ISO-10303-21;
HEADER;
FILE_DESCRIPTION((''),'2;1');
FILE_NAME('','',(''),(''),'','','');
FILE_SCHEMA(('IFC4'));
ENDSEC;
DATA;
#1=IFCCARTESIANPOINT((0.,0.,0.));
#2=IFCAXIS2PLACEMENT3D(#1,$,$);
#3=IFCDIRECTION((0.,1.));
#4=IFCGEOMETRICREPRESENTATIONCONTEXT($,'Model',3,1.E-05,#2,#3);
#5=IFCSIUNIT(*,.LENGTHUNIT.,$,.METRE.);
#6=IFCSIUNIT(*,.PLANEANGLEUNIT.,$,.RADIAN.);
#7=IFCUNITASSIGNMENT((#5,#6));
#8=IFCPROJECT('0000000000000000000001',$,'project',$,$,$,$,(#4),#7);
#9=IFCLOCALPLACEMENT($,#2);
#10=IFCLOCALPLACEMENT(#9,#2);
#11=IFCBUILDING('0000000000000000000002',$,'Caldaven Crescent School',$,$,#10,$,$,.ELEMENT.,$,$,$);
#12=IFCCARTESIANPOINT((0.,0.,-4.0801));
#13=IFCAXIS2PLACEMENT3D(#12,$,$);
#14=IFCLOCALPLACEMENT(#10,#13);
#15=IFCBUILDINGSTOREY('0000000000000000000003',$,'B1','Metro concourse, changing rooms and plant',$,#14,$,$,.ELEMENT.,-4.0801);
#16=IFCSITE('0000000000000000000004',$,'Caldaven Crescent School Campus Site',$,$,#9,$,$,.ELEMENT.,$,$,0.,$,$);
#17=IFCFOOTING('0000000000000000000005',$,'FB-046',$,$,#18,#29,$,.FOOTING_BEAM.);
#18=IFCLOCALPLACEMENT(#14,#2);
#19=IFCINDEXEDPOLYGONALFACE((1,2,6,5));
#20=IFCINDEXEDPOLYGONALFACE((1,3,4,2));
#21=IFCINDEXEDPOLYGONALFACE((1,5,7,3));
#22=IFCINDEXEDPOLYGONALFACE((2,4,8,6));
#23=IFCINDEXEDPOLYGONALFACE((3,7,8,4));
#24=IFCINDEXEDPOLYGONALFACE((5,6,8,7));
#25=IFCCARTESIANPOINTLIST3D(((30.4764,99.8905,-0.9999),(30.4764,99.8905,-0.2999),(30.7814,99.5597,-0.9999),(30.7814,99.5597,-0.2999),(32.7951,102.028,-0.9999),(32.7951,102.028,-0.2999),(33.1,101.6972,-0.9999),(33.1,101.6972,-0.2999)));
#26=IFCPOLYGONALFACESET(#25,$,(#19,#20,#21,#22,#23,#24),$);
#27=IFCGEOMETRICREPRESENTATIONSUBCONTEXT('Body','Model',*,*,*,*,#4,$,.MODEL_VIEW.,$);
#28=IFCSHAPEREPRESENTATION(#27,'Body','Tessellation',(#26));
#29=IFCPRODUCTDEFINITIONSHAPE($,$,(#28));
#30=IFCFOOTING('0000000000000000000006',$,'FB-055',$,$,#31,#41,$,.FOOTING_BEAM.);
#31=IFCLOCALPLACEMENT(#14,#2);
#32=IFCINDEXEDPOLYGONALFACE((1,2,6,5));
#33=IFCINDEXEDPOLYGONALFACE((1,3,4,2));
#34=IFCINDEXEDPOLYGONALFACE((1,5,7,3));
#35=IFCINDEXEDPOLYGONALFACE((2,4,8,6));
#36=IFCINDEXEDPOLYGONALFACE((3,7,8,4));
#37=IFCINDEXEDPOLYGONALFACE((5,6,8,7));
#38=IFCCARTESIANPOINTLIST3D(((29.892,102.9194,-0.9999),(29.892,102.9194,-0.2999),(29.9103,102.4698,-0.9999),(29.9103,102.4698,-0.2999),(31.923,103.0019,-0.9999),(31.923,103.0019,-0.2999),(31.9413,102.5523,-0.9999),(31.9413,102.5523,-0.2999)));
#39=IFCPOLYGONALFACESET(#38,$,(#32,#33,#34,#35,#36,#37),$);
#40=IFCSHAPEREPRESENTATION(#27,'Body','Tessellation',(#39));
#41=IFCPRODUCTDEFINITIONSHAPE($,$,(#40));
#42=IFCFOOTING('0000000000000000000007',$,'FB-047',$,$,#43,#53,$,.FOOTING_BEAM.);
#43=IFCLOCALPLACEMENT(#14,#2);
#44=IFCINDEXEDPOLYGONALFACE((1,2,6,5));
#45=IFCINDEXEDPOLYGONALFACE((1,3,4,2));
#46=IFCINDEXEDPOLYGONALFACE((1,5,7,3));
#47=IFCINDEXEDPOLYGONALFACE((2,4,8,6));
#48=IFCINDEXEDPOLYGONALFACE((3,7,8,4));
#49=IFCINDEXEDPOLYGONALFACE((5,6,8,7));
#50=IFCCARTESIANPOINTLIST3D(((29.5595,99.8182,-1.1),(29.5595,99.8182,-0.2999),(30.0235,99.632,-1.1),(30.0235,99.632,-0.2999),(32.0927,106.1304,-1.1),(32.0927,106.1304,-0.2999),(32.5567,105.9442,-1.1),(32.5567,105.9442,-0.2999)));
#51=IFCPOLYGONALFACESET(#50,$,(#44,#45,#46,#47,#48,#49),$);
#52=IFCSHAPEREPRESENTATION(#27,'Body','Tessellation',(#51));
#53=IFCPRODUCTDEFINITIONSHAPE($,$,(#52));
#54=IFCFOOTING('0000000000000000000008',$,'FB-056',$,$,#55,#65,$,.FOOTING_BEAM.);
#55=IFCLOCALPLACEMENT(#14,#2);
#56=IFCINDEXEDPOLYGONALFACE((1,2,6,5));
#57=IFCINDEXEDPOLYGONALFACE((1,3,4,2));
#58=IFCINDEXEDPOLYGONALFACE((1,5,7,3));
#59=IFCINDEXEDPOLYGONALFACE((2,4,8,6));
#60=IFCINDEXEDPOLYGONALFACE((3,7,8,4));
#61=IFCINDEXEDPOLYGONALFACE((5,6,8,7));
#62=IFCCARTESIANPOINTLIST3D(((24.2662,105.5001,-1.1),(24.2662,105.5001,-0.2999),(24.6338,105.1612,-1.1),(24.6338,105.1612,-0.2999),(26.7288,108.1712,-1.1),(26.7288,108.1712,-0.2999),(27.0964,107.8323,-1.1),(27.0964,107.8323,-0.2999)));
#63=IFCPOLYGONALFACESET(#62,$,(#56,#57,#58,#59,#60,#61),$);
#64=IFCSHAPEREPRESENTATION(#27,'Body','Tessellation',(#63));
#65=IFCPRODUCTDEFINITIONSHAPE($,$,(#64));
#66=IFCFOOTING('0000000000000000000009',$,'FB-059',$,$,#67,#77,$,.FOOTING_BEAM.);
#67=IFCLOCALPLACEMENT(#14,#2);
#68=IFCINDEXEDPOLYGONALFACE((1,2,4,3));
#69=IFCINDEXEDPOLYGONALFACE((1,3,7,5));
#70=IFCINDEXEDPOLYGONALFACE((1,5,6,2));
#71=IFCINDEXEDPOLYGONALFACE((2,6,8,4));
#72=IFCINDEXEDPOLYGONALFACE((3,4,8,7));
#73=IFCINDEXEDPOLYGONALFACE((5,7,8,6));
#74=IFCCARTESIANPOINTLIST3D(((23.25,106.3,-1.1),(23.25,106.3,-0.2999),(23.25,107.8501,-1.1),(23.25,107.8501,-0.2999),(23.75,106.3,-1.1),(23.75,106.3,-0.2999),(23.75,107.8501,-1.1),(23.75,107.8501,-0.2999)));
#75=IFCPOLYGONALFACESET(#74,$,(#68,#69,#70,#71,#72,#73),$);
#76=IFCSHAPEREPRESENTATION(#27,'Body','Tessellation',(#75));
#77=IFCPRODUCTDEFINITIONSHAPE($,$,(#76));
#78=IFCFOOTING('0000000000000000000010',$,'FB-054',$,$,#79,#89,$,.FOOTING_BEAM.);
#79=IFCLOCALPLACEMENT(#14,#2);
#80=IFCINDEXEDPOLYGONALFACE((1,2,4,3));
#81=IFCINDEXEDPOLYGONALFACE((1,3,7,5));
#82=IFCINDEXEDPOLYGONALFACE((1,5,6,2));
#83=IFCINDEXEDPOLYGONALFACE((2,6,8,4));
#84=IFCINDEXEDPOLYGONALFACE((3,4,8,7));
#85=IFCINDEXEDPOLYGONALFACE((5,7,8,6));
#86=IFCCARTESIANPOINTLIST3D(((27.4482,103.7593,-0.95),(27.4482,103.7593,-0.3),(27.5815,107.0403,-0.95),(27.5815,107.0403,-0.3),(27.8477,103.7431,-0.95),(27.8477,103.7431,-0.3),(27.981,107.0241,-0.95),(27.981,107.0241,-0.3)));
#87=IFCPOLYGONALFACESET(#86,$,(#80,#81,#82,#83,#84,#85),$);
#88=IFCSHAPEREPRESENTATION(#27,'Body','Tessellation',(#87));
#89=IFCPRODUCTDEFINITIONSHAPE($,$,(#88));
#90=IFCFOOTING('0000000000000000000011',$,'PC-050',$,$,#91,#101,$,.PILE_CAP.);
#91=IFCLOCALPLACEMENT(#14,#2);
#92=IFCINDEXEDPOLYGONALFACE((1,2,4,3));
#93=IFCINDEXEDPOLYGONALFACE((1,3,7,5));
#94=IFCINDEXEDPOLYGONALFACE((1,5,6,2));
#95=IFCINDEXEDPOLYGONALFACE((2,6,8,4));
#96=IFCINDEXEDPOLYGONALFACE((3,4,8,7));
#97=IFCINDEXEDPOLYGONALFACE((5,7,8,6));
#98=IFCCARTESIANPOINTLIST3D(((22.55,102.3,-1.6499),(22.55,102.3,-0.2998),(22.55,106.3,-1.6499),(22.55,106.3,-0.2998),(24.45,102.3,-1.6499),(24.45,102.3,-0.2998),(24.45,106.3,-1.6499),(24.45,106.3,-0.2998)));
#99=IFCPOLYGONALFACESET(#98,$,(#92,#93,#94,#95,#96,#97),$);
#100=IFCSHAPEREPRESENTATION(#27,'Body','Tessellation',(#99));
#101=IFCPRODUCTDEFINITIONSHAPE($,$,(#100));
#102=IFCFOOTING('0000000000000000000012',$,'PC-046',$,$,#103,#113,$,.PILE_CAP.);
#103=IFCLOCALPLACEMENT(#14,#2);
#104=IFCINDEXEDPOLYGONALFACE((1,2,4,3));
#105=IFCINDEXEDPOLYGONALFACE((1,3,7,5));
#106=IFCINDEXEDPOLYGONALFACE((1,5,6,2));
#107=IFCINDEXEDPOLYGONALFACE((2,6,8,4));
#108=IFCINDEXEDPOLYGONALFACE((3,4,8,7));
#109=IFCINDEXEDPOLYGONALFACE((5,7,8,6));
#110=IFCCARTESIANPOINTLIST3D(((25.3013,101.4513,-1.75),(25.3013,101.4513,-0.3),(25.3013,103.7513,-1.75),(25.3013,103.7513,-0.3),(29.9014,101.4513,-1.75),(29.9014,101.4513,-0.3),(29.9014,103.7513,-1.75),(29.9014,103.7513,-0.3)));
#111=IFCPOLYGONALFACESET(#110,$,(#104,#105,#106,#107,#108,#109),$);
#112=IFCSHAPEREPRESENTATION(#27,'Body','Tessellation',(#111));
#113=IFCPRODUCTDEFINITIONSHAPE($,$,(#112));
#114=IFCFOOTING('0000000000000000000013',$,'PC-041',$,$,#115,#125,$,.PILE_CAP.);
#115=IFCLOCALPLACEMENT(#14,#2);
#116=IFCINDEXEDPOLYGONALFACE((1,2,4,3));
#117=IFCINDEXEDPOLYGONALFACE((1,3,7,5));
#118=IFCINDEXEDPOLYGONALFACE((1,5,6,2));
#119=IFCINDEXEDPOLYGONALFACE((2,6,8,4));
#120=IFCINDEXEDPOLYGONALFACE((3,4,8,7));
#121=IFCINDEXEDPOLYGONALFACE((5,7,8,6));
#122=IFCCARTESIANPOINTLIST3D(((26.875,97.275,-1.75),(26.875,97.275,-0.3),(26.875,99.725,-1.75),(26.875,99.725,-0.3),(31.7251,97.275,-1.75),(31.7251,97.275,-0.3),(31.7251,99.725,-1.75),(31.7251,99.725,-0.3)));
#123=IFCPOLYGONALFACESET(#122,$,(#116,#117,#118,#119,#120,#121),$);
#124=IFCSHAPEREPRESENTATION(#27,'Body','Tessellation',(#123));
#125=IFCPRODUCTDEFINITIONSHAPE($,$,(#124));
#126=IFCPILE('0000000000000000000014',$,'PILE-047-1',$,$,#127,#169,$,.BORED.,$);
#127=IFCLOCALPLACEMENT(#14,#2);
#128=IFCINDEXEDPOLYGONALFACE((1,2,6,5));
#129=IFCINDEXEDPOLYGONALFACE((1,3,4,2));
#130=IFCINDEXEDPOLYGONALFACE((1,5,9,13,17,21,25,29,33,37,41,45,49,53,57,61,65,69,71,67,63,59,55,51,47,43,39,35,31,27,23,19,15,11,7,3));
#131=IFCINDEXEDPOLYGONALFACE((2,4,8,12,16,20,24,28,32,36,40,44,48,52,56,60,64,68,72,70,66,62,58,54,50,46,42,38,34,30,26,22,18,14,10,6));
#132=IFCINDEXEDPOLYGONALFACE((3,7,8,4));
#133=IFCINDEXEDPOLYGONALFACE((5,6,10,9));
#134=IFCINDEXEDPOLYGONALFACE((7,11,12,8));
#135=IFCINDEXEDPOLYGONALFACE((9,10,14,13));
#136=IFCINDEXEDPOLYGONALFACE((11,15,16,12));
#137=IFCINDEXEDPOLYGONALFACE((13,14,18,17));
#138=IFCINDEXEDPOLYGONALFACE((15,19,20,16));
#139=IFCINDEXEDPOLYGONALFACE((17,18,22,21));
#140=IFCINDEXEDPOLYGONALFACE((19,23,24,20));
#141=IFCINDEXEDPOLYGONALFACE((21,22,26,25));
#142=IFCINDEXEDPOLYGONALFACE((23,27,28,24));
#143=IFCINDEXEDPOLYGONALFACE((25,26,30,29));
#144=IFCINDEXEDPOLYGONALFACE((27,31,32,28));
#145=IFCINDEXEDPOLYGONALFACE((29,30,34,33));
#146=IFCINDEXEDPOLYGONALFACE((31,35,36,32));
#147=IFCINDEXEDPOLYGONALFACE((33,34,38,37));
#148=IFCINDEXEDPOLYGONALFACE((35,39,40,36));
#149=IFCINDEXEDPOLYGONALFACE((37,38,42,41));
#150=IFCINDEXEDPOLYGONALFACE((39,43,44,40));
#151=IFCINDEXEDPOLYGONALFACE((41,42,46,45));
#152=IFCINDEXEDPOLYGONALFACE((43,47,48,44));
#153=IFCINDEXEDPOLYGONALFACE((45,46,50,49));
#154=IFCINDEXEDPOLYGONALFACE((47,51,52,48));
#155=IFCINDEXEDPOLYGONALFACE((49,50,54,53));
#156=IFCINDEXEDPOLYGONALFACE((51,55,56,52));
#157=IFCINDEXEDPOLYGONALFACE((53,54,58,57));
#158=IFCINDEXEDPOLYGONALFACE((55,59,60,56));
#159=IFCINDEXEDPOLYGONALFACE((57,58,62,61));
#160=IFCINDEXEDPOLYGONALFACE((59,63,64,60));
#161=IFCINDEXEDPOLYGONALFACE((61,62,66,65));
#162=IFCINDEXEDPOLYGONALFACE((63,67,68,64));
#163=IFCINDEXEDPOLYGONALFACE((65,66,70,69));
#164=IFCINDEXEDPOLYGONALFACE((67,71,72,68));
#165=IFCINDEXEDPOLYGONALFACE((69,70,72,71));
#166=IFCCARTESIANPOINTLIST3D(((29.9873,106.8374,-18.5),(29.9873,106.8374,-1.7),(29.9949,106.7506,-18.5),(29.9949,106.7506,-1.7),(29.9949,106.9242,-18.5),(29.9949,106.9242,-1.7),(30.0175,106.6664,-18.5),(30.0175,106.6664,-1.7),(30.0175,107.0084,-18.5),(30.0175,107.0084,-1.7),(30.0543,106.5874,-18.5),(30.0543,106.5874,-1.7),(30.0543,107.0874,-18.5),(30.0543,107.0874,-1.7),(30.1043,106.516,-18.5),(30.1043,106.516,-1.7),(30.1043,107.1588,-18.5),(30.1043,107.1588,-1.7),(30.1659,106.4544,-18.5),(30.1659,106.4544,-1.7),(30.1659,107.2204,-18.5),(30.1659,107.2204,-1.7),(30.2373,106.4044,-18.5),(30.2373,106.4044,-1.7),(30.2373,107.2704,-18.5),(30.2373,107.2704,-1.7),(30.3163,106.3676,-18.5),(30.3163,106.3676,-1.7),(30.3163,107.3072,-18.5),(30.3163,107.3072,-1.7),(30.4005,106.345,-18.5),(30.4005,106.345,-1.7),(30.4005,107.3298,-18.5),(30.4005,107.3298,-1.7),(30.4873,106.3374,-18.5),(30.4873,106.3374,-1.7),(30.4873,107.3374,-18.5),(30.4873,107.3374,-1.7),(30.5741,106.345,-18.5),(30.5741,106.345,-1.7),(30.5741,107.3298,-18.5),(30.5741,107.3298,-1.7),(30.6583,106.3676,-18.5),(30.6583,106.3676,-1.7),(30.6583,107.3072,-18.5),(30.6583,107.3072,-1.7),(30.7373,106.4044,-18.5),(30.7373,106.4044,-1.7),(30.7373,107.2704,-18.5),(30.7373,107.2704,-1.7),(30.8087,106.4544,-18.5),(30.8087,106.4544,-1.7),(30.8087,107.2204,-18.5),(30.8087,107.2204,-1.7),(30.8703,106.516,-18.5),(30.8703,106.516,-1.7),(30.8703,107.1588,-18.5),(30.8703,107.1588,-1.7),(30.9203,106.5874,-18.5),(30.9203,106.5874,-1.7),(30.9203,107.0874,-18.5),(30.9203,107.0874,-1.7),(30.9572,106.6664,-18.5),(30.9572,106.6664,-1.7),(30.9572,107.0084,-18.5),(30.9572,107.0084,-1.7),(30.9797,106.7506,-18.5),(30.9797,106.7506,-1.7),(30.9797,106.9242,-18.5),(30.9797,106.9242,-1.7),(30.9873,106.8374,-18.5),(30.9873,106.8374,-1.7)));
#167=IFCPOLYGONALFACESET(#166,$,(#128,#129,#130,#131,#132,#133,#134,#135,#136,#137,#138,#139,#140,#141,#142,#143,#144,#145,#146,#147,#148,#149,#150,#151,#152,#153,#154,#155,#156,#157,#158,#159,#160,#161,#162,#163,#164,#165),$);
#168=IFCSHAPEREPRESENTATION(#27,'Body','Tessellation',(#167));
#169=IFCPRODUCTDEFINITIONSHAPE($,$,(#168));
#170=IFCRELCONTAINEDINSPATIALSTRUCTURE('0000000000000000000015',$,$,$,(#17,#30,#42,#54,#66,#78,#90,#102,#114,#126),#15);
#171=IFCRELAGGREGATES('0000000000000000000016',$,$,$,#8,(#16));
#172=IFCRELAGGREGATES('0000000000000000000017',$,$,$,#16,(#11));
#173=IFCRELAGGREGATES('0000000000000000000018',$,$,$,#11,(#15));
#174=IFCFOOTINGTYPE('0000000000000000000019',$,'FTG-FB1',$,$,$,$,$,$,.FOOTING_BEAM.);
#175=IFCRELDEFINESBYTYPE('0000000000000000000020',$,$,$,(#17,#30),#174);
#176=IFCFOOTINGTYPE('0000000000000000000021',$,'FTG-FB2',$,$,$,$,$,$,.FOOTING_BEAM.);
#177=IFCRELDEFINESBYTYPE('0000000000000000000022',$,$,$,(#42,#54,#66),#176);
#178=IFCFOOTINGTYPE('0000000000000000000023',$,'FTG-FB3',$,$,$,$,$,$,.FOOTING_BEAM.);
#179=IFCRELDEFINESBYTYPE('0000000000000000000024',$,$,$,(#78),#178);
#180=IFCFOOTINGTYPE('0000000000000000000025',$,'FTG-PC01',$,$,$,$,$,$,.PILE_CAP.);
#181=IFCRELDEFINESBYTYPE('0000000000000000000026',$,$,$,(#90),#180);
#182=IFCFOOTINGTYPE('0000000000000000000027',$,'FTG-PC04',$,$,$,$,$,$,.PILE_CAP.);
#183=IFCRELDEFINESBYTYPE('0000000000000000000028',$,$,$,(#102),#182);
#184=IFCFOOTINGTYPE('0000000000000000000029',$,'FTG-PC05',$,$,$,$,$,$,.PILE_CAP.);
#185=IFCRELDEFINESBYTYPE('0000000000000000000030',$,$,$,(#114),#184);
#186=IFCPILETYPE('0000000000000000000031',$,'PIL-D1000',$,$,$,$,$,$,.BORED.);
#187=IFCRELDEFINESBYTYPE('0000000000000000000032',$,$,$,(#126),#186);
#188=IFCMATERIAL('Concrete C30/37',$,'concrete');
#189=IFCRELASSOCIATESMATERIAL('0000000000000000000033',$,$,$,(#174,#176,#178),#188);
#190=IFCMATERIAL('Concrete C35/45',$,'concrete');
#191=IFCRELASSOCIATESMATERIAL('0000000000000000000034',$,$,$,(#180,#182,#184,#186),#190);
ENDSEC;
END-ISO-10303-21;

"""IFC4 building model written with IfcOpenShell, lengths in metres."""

from ifc_helpers import new_model, si_unit, direction, frame, origin, origin_2d, place, context, subcontext, project, spatial, rectangle, circle, extrude, material, material_profile, profile_set, type_object, element, save


model = new_model("IFC4")

# Units and contexts
model_context = context("Model", 3, precision=1e-05, world=origin(), true_north=direction((0.0, 1.0)))
body_context = subcontext(model_context, "Body", "Model", "MODEL_VIEW")
ifc_project = project(units=[si_unit("LENGTHUNIT", "METRE"), si_unit("PLANEANGLEUNIT", "RADIAN")], contexts=[model_context])

# Site, building, storey
site_placement = place(None, origin())
site = spatial("IfcSite", under=ifc_project, at=site_placement, Name="Caldaven Crescent School Campus Site", CompositionType="ELEMENT", RefElevation=0.0)
building_placement = place(site_placement, origin())
building = spatial("IfcBuilding", under=site, at=building_placement, Name="Caldaven Crescent School", CompositionType="ELEMENT")
storey_placement = place(building_placement, frame((0.0, 0.0, -4.0801)))
storey = spatial("IfcBuildingStorey", under=building, at=storey_placement, Name="B1", Description="Metro concourse, changing rooms and plant", CompositionType="ELEMENT", Elevation=-4.0801)

# Footings
ifc_material_1 = material(Name="Concrete C30/37", Category="concrete")
ifc_material_profile_1 = material_profile(ifc_material_1, rectangle(XDim=0.45, YDim=0.7, at=origin_2d()), Name="FB 450x700")
ifc_profile_set_1 = profile_set([ifc_material_profile_1], Name="Concrete C30/37")
footing_type_1 = type_object("IfcFootingType", Name="FTG-FB1", PredefinedType="FOOTING_BEAM", material=ifc_profile_set_1)
footing_1_placement = place(storey_placement, frame((30.6289, 99.7251, -0.6499), z_axis=(0.735246, 0.677801, 0.0), x_axis=(-0.677801, 0.735246, 0.0)))
element("IfcFooting", 1, at=footing_1_placement, inside=storey, type_object=footing_type_1, Name="FB-046", PredefinedType="FOOTING_BEAM", context=body_context, shape_type="SweptSolid", body=[
    extrude(rectangle(XDim=0.45, YDim=0.7, at=origin_2d()), origin(), (0.0, 0.0, 1.0), 3.1536),
])
footing_2_placement = place(storey_placement, frame((29.9011, 102.6946, -0.6499), z_axis=(0.999176, 0.040596, 0.0), x_axis=(-0.040596, 0.999176, 0.0)))
element("IfcFooting", 2, at=footing_2_placement, inside=storey, type_object=footing_type_1, Name="FB-055", PredefinedType="FOOTING_BEAM", context=body_context, shape_type="SweptSolid", body=[
    extrude(rectangle(XDim=0.45, YDim=0.7, at=origin_2d()), origin(), (0.0, 0.0, 1.0), 2.0327),
])
ifc_material_profile_2 = material_profile(ifc_material_1, rectangle(XDim=0.5, YDim=0.8, at=origin_2d()), Name="FB 500x800")
ifc_profile_set_2 = profile_set([ifc_material_profile_2], Name="Concrete C30/37")
footing_type_2 = type_object("IfcFootingType", Name="FTG-FB2", PredefinedType="FOOTING_BEAM", material=ifc_profile_set_2)
footing_3_placement = place(storey_placement, frame((29.7915, 99.7251, -0.7), z_axis=(0.372443, 0.928055, 0.0), x_axis=(-0.928055, 0.372443, 0.0)))
element("IfcFooting", 3, at=footing_3_placement, inside=storey, type_object=footing_type_2, Name="FB-047", PredefinedType="FOOTING_BEAM", context=body_context, shape_type="SweptSolid", body=[
    extrude(rectangle(XDim=0.5, YDim=0.8, at=origin_2d()), origin(), (0.0, 0.0, 1.0), 6.8015),
])
footing_4_placement = place(storey_placement, frame((26.9126, 108.0017, -0.7), z_axis=(-0.677831, -0.735218, 0.0), x_axis=(0.735218, -0.677831, 0.0)))
element("IfcFooting", 4, at=footing_4_placement, inside=storey, type_object=footing_type_2, Name="FB-056", PredefinedType="FOOTING_BEAM", context=body_context, shape_type="SweptSolid", body=[
    extrude(rectangle(XDim=0.5, YDim=0.8, at=origin_2d()), origin(), (0.0, 0.0, 1.0), 3.6331),
])
footing_5_placement = place(storey_placement, frame((23.5, 106.3, -0.7), z_axis=(0.0, 1.0, 0.0), x_axis=(-1.0, 0.0, 0.0)))
element("IfcFooting", 5, at=footing_5_placement, inside=storey, type_object=footing_type_2, Name="FB-059", PredefinedType="FOOTING_BEAM", context=body_context, shape_type="SweptSolid", body=[
    extrude(rectangle(XDim=0.5, YDim=0.8, at=origin_2d()), origin(), (0.0, 0.0, 1.0), 1.55),
])
ifc_material_profile_3 = material_profile(ifc_material_1, rectangle(XDim=0.3999, YDim=0.6499, at=origin_2d()), Name="FB 400x650")
ifc_profile_set_3 = profile_set([ifc_material_profile_3], Name="Concrete C30/37")
footing_type_3 = type_object("IfcFootingType", Name="FTG-FB3", PredefinedType="FOOTING_BEAM", material=ifc_profile_set_3)
footing_6_placement = place(storey_placement, frame((27.6479, 103.7512, -0.625), z_axis=(0.040595, 0.999176, 0.0), x_axis=(-0.999176, 0.040595, 0.0)))
element("IfcFooting", 6, at=footing_6_placement, inside=storey, type_object=footing_type_3, Name="FB-054", PredefinedType="FOOTING_BEAM", context=body_context, shape_type="SweptSolid", body=[
    extrude(rectangle(XDim=0.3999, YDim=0.6499, at=origin_2d()), origin(), (0.0, 0.0, 1.0), 3.2837),
])
ifc_material_2 = material(Name="Concrete C35/45", Category="concrete")
footing_type_4 = type_object("IfcFootingType", Name="FTG-PC01", PredefinedType="PILE_CAP", material=ifc_material_2)
footing_7_placement = place(storey_placement, frame((23.5, 104.3, -1.6499), z_axis=(0.0, 0.0, 1.0), x_axis=(0.0, 1.0, 0.0)))
element("IfcFooting", 7, at=footing_7_placement, inside=storey, type_object=footing_type_4, Name="PC-050", PredefinedType="PILE_CAP", context=body_context, shape_type="SweptSolid", body=[
    extrude(rectangle(XDim=4.0, YDim=1.8999, at=origin_2d()), origin(), (0.0, 0.0, 1.0), 1.3501),
])
footing_type_5 = type_object("IfcFootingType", Name="FTG-PC04", PredefinedType="PILE_CAP", material=ifc_material_2)
footing_8_placement = place(storey_placement, frame((27.6013, 102.6013, -1.75), z_axis=(0.0, 0.0, 1.0), x_axis=(1.0, 0.0, 0.0)))
element("IfcFooting", 8, at=footing_8_placement, inside=storey, type_object=footing_type_5, Name="PC-046", PredefinedType="PILE_CAP", context=body_context, shape_type="SweptSolid", body=[
    extrude(rectangle(XDim=4.6001, YDim=2.3, at=origin_2d()), origin(), (0.0, 0.0, 1.0), 1.45),
])
footing_type_6 = type_object("IfcFootingType", Name="FTG-PC05", PredefinedType="PILE_CAP", material=ifc_material_2)
footing_9_placement = place(storey_placement, frame((29.3, 98.5, -1.75), z_axis=(0.0, 0.0, 1.0), x_axis=(1.0, 0.0, 0.0)))
element("IfcFooting", 9, at=footing_9_placement, inside=storey, type_object=footing_type_6, Name="PC-041", PredefinedType="PILE_CAP", context=body_context, shape_type="SweptSolid", body=[
    extrude(rectangle(XDim=4.8501, YDim=2.45, at=origin_2d()), origin(), (0.0, 0.0, 1.0), 1.45),
])

# Pile
ifc_material_profile_4 = material_profile(ifc_material_2, circle(Radius=0.5, at=origin_2d()), Name="PILE D1000")
ifc_profile_set_4 = profile_set([ifc_material_profile_4], Name="Concrete C35/45")
pile_type_1 = type_object("IfcPileType", Name="PIL-D1000", PredefinedType="BORED", material=ifc_profile_set_4)
pile_1_placement = place(storey_placement, frame((30.4873, 106.8374, -1.7), z_axis=(0.0, 0.0, -1.0), x_axis=(1.0, 0.0, 0.0)))
element("IfcPile", 10, at=pile_1_placement, inside=storey, type_object=pile_type_1, Name="PILE-047-1", PredefinedType="BORED", context=body_context, shape_type="SweptSolid", body=[
    extrude(circle(Radius=0.5, at=origin_2d()), origin(), (0.0, 0.0, 1.0), 16.8),
])

save(model, "model.ifc")
